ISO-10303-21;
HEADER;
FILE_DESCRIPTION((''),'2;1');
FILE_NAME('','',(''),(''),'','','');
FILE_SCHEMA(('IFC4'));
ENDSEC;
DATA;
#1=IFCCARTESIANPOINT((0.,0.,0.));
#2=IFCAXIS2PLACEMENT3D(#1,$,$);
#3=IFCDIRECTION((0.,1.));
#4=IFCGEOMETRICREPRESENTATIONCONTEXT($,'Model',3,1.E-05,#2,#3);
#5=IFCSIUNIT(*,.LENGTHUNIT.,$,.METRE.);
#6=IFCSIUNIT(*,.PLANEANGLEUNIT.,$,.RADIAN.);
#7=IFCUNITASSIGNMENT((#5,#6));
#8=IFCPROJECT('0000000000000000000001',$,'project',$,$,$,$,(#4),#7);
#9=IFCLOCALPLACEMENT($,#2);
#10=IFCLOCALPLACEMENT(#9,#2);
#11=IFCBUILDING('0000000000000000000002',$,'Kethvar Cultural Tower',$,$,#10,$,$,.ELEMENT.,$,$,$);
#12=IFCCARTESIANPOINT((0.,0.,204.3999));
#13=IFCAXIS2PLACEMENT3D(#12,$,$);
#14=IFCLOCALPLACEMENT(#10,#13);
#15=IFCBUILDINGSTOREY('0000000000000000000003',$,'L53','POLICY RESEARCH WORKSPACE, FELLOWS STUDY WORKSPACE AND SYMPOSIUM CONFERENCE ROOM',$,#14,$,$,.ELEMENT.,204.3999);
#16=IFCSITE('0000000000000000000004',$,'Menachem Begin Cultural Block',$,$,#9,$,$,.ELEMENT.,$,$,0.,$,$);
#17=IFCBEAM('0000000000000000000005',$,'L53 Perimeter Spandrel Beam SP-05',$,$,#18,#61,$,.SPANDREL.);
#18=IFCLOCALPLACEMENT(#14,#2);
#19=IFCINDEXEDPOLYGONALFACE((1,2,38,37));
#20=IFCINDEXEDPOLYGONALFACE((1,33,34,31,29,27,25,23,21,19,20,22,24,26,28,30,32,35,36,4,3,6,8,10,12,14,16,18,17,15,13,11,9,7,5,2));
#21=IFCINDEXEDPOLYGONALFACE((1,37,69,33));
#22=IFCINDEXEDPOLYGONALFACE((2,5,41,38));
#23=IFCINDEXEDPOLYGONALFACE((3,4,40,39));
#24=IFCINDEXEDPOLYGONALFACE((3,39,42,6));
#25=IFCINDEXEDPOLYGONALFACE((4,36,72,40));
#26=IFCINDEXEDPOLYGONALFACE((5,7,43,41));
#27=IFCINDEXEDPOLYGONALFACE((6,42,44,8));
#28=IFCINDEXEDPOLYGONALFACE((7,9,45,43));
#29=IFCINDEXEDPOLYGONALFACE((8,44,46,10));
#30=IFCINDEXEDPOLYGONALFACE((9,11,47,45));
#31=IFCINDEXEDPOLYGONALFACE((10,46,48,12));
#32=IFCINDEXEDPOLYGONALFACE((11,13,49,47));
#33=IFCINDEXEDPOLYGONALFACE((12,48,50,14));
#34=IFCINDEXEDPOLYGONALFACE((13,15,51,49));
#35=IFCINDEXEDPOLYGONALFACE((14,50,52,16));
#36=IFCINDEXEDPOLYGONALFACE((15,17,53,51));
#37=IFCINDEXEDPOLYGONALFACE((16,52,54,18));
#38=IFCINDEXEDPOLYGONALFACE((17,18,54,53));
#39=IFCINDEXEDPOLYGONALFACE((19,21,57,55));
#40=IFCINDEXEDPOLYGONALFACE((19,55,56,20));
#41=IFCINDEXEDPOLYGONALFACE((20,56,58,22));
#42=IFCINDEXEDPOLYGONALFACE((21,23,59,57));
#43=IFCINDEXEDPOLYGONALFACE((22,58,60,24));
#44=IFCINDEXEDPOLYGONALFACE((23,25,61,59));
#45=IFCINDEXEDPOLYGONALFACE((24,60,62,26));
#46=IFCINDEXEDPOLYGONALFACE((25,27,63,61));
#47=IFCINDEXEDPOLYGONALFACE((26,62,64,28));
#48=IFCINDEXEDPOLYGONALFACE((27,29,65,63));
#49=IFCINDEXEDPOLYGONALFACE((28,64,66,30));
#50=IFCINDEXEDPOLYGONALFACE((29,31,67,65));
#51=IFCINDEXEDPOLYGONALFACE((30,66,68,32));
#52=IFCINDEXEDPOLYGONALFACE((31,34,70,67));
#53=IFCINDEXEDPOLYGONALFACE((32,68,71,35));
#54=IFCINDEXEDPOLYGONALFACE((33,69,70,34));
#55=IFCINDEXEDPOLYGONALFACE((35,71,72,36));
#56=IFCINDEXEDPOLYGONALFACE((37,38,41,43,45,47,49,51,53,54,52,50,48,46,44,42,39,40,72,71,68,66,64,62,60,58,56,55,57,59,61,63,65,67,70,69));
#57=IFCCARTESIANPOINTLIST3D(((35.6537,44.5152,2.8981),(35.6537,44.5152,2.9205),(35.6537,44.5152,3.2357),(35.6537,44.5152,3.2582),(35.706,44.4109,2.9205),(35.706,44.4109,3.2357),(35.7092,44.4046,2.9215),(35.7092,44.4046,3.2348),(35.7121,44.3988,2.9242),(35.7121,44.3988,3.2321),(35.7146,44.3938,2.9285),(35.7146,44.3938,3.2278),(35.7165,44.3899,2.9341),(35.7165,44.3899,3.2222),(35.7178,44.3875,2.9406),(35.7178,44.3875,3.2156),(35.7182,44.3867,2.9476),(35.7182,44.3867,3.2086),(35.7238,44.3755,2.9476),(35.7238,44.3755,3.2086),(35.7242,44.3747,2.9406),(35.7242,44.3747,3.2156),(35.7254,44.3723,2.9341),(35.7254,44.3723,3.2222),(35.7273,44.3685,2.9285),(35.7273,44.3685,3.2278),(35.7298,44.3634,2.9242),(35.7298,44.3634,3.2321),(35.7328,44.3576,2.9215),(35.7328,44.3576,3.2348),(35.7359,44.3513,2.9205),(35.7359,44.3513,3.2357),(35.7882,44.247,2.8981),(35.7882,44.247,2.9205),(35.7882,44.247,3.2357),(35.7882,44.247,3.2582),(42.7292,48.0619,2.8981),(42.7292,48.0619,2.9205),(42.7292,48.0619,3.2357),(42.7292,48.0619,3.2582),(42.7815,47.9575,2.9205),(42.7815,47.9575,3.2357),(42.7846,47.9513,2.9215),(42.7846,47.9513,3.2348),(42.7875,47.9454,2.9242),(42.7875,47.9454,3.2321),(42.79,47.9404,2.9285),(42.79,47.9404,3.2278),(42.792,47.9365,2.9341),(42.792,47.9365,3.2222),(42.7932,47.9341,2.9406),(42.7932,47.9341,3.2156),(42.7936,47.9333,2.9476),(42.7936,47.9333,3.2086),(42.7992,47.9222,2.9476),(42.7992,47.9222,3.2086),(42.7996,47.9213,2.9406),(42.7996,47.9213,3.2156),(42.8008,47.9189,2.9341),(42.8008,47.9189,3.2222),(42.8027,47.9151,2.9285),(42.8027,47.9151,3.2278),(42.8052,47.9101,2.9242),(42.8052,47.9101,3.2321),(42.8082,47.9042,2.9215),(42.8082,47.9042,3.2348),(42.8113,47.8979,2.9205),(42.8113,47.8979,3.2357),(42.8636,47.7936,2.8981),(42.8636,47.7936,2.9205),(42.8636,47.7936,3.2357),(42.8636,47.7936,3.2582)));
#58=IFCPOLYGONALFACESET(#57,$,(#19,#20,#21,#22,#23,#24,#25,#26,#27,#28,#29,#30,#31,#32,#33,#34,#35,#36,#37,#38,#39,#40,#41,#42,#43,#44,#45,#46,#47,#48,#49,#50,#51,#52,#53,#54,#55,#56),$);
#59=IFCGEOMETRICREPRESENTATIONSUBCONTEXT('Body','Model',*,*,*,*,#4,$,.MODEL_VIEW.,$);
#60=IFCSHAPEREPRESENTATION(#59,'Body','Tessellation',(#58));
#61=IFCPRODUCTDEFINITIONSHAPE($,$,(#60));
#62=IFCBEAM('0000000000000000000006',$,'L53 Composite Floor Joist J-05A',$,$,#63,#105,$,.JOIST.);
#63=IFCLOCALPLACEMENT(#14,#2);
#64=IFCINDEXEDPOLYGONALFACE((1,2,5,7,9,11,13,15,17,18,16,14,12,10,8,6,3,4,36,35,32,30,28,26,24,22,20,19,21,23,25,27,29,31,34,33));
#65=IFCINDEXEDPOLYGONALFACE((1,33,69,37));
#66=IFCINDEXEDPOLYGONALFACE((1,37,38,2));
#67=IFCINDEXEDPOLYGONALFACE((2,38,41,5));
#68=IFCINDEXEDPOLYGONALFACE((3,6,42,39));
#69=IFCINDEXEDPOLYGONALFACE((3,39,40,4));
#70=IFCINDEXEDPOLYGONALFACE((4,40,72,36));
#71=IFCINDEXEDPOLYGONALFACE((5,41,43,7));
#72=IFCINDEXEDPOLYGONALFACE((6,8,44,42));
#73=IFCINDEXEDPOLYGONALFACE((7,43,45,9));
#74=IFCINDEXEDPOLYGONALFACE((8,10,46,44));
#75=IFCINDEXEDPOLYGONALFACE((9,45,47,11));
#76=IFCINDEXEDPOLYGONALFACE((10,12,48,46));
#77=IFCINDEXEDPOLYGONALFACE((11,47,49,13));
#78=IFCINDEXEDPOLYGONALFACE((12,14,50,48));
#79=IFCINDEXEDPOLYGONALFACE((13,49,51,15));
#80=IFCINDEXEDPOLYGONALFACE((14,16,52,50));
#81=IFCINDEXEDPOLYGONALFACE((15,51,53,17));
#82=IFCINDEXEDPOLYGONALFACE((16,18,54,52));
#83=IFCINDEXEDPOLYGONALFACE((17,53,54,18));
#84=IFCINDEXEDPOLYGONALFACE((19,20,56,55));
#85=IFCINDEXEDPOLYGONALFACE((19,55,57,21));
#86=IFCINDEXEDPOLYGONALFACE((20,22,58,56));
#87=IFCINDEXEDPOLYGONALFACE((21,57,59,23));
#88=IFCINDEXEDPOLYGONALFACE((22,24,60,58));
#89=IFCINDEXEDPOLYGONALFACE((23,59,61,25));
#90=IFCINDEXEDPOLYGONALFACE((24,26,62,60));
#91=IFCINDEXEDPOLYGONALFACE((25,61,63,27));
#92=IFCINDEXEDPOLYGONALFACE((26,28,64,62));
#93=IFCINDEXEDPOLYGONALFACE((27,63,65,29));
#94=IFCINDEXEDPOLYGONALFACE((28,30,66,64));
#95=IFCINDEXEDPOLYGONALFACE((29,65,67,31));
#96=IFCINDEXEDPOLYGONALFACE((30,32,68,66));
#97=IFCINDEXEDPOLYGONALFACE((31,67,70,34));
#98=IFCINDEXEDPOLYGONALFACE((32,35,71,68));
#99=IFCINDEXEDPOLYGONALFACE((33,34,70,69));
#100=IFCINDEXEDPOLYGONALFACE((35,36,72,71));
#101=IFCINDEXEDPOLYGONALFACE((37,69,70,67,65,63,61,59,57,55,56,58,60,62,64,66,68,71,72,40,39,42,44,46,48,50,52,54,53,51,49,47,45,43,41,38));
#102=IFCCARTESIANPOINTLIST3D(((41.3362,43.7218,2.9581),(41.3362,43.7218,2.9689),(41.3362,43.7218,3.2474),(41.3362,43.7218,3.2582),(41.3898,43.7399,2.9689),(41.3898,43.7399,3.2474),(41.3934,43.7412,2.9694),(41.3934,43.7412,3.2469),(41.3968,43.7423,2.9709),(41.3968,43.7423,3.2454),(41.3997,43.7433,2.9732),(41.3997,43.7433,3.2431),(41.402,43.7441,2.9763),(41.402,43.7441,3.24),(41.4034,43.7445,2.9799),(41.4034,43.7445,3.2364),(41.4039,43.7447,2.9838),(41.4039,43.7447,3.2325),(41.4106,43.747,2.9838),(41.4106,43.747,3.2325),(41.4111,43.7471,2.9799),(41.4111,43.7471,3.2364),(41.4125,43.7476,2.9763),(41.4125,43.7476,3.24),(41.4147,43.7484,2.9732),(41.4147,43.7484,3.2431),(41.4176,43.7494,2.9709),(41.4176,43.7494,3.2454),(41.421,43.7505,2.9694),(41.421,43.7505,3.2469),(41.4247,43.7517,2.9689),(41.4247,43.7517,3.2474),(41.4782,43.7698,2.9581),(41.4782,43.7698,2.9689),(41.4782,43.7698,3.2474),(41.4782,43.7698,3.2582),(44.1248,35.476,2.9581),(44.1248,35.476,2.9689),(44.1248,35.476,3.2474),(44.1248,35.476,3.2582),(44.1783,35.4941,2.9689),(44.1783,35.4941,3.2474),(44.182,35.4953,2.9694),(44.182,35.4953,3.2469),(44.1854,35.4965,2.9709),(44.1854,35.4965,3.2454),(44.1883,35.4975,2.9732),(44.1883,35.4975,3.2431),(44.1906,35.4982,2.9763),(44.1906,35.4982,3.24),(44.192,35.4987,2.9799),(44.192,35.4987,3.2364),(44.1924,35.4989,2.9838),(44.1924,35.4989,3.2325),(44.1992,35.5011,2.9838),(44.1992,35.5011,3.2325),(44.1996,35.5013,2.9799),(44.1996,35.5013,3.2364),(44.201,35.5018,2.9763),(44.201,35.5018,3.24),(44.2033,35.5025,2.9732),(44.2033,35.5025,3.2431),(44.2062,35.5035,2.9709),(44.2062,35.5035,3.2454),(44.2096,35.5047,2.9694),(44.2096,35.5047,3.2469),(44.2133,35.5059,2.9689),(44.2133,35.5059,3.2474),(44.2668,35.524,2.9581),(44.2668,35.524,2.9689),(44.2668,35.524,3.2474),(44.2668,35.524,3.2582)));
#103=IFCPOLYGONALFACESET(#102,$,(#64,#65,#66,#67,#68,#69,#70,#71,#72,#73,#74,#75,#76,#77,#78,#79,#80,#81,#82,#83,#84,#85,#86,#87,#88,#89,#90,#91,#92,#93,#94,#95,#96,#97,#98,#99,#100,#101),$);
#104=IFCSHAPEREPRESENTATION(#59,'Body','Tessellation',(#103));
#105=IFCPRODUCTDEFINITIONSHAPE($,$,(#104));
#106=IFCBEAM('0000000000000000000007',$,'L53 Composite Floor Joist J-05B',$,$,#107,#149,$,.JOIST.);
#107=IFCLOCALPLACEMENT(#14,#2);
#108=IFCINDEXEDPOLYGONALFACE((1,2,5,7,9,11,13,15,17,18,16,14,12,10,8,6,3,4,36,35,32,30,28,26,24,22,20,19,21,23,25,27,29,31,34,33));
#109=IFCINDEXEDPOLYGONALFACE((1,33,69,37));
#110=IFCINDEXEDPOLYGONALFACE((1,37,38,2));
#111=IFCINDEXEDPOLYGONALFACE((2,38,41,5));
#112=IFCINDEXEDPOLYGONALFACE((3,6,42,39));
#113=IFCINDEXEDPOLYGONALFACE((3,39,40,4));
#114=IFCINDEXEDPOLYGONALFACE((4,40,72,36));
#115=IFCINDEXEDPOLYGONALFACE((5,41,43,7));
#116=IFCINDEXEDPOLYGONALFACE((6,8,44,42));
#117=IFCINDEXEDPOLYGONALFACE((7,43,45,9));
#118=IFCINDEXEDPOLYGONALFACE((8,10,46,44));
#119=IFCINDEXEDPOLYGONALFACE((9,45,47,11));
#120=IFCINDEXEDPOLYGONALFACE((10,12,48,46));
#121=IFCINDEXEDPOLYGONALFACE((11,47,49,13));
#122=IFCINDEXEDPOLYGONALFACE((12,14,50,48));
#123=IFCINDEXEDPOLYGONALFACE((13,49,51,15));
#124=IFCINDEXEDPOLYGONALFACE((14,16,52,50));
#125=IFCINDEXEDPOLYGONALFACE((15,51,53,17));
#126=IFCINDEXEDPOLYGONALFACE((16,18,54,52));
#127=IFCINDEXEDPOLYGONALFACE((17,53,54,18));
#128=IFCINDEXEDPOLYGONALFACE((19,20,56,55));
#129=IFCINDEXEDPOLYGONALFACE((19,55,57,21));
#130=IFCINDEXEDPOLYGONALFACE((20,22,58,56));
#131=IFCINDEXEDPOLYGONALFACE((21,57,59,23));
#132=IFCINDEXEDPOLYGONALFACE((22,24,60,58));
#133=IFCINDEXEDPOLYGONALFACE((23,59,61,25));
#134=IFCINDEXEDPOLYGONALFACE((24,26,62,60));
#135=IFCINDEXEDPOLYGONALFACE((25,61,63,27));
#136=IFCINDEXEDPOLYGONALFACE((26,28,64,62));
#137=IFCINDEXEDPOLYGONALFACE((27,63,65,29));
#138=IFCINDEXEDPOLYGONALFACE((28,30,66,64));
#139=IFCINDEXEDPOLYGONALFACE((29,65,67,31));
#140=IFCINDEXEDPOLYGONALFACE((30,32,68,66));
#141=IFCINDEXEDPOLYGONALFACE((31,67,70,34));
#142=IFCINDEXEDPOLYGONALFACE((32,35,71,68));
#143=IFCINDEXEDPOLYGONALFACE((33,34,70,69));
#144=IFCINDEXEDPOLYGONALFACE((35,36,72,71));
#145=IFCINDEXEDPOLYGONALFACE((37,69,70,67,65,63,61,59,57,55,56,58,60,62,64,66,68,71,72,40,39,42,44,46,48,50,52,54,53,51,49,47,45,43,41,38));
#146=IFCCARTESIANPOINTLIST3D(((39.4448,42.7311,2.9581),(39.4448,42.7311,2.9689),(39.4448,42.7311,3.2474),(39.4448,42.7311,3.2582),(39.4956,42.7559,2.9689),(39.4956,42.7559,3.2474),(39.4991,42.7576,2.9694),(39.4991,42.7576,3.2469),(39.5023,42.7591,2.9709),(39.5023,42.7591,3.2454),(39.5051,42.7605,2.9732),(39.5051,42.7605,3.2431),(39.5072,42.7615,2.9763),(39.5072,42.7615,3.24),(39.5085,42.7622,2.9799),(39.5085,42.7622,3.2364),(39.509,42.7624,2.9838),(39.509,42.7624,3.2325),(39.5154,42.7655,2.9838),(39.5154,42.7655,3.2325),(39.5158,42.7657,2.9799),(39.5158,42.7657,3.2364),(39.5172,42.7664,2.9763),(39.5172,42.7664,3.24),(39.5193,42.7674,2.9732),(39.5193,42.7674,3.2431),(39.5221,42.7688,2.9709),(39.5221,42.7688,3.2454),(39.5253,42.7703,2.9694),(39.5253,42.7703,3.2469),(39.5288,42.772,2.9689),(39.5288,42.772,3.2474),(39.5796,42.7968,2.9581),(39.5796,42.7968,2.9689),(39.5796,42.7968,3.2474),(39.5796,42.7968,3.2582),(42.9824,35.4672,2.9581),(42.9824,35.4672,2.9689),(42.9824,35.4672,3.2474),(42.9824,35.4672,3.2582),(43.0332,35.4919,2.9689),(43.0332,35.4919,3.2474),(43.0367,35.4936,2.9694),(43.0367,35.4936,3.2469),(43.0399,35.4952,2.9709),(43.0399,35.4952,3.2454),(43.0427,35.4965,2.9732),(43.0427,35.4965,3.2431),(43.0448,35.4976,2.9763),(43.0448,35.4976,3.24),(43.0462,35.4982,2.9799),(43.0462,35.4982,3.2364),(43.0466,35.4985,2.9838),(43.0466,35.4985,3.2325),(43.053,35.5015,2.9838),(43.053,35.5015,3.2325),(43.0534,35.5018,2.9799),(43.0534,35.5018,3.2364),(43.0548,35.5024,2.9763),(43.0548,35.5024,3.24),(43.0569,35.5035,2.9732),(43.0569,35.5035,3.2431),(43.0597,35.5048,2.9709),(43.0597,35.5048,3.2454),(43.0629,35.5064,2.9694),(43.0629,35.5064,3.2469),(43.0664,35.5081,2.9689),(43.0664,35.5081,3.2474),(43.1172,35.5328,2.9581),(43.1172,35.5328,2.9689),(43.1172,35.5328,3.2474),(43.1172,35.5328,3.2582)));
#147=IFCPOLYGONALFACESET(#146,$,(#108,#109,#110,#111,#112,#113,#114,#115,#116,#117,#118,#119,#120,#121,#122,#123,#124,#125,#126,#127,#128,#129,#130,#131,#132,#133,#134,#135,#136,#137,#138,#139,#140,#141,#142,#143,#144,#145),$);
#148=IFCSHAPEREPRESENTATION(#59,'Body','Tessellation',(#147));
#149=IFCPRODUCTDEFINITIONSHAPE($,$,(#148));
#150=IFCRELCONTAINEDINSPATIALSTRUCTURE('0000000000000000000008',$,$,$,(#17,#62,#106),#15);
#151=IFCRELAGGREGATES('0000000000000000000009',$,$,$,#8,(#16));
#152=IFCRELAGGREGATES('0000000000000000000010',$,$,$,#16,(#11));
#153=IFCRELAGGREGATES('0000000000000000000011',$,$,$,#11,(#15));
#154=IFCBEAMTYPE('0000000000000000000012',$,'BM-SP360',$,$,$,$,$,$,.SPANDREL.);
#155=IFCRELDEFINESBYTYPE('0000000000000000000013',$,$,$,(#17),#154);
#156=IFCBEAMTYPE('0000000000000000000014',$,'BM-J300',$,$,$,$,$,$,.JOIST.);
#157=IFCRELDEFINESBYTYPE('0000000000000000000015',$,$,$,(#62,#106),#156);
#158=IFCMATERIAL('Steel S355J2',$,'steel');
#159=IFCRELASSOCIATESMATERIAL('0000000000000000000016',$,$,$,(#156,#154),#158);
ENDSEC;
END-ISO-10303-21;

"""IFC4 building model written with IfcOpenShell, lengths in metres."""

from ifc_helpers import new_model, si_unit, direction, frame, origin, origin_2d, place, context, subcontext, project, spatial, i_section, extrude, source, transform, mapped, material, material_profile, profile_set, type_object, element, save


model = new_model("IFC4")

# Units and contexts
model_context = context("Model", 3, precision=1e-05, world=origin(), true_north=direction((0.0, 1.0)))
body_context = subcontext(model_context, "Body", "Model", "MODEL_VIEW")
ifc_project = project(units=[si_unit("LENGTHUNIT", "METRE"), si_unit("PLANEANGLEUNIT", "RADIAN")], contexts=[model_context])

# Site, building, storey
site_placement = place(None, origin())
site = spatial("IfcSite", under=ifc_project, at=site_placement, Name="Menachem Begin Cultural Block", CompositionType="ELEMENT", RefElevation=0.0)
building_placement = place(site_placement, origin())
building = spatial("IfcBuilding", under=site, at=building_placement, Name="Kethvar Cultural Tower", CompositionType="ELEMENT")
storey_placement = place(building_placement, frame((0.0, 0.0, 204.3999)))
storey = spatial("IfcBuildingStorey", under=building, at=storey_placement, Name="L53", Description="POLICY RESEARCH WORKSPACE, FELLOWS STUDY WORKSPACE AND SYMPOSIUM CONFERENCE ROOM", CompositionType="ELEMENT", Elevation=204.3999)

# Beams
ifc_material_1 = material(Name="Steel S355J2", Category="steel")
ifc_material_profile_1 = material_profile(ifc_material_1, i_section(OverallWidth=0.1499, OverallDepth=0.3, WebThickness=0.0071, FlangeThickness=0.0107, FilletRadius=0.0149, at=origin_2d()), Name="Steel S355J2 — IPE300")
ifc_profile_set_1 = profile_set([ifc_material_profile_1], Name="Steel S355J2 — IPE300")
beam_type_1 = type_object("IfcBeamType", Name="BM-J300", PredefinedType="JOIST", material=ifc_profile_set_1)
ifc_material_profile_2 = material_profile(ifc_material_1, i_section(OverallWidth=0.3, OverallDepth=0.3601, WebThickness=0.0125, FlangeThickness=0.0225, FilletRadius=0.0271, at=origin_2d()), Name="Steel S355J2 — HEB360")
ifc_profile_set_2 = profile_set([ifc_material_profile_2], Name="Steel S355J2 — HEB360")
beam_type_2 = type_object("IfcBeamType", Name="BM-SP360", PredefinedType="SPANDREL", material=ifc_profile_set_2)
shared_shape_1 = source(origin(), body_context, "Body", "SweptSolid", [
    extrude(i_section(OverallWidth=0.3, OverallDepth=0.3601, WebThickness=0.0125, FlangeThickness=0.0225, FilletRadius=0.0271, at=origin_2d()), origin(), (0.0, 0.0, 1.0), 7.9146),
])
beam_1_placement = place(storey_placement, frame((42.7964, 47.9277, 3.0781), z_axis=(-0.893976, -0.448114, 0.0), x_axis=(0.448114, -0.893976, 0.0)))
element("IfcBeam", 1, at=beam_1_placement, inside=storey, type_object=beam_type_2, Name="L53 Perimeter Spandrel Beam SP-05", PredefinedType="SPANDREL", context=body_context, shape_type="MappedRepresentation", body=[
    mapped(shared_shape_1, transform((0.0, 0.0, 0.0), scale=1.0)),
])
shared_shape_2 = source(origin(), body_context, "Body", "SweptSolid", [
    extrude(i_section(OverallWidth=0.1499, OverallDepth=0.3, WebThickness=0.0071, FlangeThickness=0.0107, FilletRadius=0.0149, at=origin_2d()), origin(), (0.0, 0.0, 1.0), 8.7046),
])
beam_2_placement = place(storey_placement, frame((44.1958, 35.5, 3.1082), z_axis=(-0.320356, 0.947297, 0.0), x_axis=(-0.947297, -0.320356, 0.0)))
element("IfcBeam", 2, at=beam_2_placement, inside=storey, type_object=beam_type_1, Name="L53 Composite Floor Joist J-05A", PredefinedType="JOIST", context=body_context, shape_type="MappedRepresentation", body=[
    mapped(shared_shape_2, transform((0.0, 0.0, 0.0), scale=1.0)),
])
shared_shape_3 = source(origin(), body_context, "Body", "SweptSolid", [
    extrude(i_section(OverallWidth=0.1499, OverallDepth=0.3, WebThickness=0.0071, FlangeThickness=0.0107, FilletRadius=0.0149, at=origin_2d()), origin(), (0.0, 0.0, 1.0), 8.0796),
])
beam_3_placement = place(storey_placement, frame((43.0498, 35.5, 3.1082), z_axis=(-0.437846, 0.89905, 0.0), x_axis=(-0.89905, -0.437846, 0.0)))
element("IfcBeam", 3, at=beam_3_placement, inside=storey, type_object=beam_type_1, Name="L53 Composite Floor Joist J-05B", PredefinedType="JOIST", context=body_context, shape_type="MappedRepresentation", body=[
    mapped(shared_shape_3, transform((0.0, 0.0, 0.0), scale=1.0)),
])

save(model, "model.ifc")
